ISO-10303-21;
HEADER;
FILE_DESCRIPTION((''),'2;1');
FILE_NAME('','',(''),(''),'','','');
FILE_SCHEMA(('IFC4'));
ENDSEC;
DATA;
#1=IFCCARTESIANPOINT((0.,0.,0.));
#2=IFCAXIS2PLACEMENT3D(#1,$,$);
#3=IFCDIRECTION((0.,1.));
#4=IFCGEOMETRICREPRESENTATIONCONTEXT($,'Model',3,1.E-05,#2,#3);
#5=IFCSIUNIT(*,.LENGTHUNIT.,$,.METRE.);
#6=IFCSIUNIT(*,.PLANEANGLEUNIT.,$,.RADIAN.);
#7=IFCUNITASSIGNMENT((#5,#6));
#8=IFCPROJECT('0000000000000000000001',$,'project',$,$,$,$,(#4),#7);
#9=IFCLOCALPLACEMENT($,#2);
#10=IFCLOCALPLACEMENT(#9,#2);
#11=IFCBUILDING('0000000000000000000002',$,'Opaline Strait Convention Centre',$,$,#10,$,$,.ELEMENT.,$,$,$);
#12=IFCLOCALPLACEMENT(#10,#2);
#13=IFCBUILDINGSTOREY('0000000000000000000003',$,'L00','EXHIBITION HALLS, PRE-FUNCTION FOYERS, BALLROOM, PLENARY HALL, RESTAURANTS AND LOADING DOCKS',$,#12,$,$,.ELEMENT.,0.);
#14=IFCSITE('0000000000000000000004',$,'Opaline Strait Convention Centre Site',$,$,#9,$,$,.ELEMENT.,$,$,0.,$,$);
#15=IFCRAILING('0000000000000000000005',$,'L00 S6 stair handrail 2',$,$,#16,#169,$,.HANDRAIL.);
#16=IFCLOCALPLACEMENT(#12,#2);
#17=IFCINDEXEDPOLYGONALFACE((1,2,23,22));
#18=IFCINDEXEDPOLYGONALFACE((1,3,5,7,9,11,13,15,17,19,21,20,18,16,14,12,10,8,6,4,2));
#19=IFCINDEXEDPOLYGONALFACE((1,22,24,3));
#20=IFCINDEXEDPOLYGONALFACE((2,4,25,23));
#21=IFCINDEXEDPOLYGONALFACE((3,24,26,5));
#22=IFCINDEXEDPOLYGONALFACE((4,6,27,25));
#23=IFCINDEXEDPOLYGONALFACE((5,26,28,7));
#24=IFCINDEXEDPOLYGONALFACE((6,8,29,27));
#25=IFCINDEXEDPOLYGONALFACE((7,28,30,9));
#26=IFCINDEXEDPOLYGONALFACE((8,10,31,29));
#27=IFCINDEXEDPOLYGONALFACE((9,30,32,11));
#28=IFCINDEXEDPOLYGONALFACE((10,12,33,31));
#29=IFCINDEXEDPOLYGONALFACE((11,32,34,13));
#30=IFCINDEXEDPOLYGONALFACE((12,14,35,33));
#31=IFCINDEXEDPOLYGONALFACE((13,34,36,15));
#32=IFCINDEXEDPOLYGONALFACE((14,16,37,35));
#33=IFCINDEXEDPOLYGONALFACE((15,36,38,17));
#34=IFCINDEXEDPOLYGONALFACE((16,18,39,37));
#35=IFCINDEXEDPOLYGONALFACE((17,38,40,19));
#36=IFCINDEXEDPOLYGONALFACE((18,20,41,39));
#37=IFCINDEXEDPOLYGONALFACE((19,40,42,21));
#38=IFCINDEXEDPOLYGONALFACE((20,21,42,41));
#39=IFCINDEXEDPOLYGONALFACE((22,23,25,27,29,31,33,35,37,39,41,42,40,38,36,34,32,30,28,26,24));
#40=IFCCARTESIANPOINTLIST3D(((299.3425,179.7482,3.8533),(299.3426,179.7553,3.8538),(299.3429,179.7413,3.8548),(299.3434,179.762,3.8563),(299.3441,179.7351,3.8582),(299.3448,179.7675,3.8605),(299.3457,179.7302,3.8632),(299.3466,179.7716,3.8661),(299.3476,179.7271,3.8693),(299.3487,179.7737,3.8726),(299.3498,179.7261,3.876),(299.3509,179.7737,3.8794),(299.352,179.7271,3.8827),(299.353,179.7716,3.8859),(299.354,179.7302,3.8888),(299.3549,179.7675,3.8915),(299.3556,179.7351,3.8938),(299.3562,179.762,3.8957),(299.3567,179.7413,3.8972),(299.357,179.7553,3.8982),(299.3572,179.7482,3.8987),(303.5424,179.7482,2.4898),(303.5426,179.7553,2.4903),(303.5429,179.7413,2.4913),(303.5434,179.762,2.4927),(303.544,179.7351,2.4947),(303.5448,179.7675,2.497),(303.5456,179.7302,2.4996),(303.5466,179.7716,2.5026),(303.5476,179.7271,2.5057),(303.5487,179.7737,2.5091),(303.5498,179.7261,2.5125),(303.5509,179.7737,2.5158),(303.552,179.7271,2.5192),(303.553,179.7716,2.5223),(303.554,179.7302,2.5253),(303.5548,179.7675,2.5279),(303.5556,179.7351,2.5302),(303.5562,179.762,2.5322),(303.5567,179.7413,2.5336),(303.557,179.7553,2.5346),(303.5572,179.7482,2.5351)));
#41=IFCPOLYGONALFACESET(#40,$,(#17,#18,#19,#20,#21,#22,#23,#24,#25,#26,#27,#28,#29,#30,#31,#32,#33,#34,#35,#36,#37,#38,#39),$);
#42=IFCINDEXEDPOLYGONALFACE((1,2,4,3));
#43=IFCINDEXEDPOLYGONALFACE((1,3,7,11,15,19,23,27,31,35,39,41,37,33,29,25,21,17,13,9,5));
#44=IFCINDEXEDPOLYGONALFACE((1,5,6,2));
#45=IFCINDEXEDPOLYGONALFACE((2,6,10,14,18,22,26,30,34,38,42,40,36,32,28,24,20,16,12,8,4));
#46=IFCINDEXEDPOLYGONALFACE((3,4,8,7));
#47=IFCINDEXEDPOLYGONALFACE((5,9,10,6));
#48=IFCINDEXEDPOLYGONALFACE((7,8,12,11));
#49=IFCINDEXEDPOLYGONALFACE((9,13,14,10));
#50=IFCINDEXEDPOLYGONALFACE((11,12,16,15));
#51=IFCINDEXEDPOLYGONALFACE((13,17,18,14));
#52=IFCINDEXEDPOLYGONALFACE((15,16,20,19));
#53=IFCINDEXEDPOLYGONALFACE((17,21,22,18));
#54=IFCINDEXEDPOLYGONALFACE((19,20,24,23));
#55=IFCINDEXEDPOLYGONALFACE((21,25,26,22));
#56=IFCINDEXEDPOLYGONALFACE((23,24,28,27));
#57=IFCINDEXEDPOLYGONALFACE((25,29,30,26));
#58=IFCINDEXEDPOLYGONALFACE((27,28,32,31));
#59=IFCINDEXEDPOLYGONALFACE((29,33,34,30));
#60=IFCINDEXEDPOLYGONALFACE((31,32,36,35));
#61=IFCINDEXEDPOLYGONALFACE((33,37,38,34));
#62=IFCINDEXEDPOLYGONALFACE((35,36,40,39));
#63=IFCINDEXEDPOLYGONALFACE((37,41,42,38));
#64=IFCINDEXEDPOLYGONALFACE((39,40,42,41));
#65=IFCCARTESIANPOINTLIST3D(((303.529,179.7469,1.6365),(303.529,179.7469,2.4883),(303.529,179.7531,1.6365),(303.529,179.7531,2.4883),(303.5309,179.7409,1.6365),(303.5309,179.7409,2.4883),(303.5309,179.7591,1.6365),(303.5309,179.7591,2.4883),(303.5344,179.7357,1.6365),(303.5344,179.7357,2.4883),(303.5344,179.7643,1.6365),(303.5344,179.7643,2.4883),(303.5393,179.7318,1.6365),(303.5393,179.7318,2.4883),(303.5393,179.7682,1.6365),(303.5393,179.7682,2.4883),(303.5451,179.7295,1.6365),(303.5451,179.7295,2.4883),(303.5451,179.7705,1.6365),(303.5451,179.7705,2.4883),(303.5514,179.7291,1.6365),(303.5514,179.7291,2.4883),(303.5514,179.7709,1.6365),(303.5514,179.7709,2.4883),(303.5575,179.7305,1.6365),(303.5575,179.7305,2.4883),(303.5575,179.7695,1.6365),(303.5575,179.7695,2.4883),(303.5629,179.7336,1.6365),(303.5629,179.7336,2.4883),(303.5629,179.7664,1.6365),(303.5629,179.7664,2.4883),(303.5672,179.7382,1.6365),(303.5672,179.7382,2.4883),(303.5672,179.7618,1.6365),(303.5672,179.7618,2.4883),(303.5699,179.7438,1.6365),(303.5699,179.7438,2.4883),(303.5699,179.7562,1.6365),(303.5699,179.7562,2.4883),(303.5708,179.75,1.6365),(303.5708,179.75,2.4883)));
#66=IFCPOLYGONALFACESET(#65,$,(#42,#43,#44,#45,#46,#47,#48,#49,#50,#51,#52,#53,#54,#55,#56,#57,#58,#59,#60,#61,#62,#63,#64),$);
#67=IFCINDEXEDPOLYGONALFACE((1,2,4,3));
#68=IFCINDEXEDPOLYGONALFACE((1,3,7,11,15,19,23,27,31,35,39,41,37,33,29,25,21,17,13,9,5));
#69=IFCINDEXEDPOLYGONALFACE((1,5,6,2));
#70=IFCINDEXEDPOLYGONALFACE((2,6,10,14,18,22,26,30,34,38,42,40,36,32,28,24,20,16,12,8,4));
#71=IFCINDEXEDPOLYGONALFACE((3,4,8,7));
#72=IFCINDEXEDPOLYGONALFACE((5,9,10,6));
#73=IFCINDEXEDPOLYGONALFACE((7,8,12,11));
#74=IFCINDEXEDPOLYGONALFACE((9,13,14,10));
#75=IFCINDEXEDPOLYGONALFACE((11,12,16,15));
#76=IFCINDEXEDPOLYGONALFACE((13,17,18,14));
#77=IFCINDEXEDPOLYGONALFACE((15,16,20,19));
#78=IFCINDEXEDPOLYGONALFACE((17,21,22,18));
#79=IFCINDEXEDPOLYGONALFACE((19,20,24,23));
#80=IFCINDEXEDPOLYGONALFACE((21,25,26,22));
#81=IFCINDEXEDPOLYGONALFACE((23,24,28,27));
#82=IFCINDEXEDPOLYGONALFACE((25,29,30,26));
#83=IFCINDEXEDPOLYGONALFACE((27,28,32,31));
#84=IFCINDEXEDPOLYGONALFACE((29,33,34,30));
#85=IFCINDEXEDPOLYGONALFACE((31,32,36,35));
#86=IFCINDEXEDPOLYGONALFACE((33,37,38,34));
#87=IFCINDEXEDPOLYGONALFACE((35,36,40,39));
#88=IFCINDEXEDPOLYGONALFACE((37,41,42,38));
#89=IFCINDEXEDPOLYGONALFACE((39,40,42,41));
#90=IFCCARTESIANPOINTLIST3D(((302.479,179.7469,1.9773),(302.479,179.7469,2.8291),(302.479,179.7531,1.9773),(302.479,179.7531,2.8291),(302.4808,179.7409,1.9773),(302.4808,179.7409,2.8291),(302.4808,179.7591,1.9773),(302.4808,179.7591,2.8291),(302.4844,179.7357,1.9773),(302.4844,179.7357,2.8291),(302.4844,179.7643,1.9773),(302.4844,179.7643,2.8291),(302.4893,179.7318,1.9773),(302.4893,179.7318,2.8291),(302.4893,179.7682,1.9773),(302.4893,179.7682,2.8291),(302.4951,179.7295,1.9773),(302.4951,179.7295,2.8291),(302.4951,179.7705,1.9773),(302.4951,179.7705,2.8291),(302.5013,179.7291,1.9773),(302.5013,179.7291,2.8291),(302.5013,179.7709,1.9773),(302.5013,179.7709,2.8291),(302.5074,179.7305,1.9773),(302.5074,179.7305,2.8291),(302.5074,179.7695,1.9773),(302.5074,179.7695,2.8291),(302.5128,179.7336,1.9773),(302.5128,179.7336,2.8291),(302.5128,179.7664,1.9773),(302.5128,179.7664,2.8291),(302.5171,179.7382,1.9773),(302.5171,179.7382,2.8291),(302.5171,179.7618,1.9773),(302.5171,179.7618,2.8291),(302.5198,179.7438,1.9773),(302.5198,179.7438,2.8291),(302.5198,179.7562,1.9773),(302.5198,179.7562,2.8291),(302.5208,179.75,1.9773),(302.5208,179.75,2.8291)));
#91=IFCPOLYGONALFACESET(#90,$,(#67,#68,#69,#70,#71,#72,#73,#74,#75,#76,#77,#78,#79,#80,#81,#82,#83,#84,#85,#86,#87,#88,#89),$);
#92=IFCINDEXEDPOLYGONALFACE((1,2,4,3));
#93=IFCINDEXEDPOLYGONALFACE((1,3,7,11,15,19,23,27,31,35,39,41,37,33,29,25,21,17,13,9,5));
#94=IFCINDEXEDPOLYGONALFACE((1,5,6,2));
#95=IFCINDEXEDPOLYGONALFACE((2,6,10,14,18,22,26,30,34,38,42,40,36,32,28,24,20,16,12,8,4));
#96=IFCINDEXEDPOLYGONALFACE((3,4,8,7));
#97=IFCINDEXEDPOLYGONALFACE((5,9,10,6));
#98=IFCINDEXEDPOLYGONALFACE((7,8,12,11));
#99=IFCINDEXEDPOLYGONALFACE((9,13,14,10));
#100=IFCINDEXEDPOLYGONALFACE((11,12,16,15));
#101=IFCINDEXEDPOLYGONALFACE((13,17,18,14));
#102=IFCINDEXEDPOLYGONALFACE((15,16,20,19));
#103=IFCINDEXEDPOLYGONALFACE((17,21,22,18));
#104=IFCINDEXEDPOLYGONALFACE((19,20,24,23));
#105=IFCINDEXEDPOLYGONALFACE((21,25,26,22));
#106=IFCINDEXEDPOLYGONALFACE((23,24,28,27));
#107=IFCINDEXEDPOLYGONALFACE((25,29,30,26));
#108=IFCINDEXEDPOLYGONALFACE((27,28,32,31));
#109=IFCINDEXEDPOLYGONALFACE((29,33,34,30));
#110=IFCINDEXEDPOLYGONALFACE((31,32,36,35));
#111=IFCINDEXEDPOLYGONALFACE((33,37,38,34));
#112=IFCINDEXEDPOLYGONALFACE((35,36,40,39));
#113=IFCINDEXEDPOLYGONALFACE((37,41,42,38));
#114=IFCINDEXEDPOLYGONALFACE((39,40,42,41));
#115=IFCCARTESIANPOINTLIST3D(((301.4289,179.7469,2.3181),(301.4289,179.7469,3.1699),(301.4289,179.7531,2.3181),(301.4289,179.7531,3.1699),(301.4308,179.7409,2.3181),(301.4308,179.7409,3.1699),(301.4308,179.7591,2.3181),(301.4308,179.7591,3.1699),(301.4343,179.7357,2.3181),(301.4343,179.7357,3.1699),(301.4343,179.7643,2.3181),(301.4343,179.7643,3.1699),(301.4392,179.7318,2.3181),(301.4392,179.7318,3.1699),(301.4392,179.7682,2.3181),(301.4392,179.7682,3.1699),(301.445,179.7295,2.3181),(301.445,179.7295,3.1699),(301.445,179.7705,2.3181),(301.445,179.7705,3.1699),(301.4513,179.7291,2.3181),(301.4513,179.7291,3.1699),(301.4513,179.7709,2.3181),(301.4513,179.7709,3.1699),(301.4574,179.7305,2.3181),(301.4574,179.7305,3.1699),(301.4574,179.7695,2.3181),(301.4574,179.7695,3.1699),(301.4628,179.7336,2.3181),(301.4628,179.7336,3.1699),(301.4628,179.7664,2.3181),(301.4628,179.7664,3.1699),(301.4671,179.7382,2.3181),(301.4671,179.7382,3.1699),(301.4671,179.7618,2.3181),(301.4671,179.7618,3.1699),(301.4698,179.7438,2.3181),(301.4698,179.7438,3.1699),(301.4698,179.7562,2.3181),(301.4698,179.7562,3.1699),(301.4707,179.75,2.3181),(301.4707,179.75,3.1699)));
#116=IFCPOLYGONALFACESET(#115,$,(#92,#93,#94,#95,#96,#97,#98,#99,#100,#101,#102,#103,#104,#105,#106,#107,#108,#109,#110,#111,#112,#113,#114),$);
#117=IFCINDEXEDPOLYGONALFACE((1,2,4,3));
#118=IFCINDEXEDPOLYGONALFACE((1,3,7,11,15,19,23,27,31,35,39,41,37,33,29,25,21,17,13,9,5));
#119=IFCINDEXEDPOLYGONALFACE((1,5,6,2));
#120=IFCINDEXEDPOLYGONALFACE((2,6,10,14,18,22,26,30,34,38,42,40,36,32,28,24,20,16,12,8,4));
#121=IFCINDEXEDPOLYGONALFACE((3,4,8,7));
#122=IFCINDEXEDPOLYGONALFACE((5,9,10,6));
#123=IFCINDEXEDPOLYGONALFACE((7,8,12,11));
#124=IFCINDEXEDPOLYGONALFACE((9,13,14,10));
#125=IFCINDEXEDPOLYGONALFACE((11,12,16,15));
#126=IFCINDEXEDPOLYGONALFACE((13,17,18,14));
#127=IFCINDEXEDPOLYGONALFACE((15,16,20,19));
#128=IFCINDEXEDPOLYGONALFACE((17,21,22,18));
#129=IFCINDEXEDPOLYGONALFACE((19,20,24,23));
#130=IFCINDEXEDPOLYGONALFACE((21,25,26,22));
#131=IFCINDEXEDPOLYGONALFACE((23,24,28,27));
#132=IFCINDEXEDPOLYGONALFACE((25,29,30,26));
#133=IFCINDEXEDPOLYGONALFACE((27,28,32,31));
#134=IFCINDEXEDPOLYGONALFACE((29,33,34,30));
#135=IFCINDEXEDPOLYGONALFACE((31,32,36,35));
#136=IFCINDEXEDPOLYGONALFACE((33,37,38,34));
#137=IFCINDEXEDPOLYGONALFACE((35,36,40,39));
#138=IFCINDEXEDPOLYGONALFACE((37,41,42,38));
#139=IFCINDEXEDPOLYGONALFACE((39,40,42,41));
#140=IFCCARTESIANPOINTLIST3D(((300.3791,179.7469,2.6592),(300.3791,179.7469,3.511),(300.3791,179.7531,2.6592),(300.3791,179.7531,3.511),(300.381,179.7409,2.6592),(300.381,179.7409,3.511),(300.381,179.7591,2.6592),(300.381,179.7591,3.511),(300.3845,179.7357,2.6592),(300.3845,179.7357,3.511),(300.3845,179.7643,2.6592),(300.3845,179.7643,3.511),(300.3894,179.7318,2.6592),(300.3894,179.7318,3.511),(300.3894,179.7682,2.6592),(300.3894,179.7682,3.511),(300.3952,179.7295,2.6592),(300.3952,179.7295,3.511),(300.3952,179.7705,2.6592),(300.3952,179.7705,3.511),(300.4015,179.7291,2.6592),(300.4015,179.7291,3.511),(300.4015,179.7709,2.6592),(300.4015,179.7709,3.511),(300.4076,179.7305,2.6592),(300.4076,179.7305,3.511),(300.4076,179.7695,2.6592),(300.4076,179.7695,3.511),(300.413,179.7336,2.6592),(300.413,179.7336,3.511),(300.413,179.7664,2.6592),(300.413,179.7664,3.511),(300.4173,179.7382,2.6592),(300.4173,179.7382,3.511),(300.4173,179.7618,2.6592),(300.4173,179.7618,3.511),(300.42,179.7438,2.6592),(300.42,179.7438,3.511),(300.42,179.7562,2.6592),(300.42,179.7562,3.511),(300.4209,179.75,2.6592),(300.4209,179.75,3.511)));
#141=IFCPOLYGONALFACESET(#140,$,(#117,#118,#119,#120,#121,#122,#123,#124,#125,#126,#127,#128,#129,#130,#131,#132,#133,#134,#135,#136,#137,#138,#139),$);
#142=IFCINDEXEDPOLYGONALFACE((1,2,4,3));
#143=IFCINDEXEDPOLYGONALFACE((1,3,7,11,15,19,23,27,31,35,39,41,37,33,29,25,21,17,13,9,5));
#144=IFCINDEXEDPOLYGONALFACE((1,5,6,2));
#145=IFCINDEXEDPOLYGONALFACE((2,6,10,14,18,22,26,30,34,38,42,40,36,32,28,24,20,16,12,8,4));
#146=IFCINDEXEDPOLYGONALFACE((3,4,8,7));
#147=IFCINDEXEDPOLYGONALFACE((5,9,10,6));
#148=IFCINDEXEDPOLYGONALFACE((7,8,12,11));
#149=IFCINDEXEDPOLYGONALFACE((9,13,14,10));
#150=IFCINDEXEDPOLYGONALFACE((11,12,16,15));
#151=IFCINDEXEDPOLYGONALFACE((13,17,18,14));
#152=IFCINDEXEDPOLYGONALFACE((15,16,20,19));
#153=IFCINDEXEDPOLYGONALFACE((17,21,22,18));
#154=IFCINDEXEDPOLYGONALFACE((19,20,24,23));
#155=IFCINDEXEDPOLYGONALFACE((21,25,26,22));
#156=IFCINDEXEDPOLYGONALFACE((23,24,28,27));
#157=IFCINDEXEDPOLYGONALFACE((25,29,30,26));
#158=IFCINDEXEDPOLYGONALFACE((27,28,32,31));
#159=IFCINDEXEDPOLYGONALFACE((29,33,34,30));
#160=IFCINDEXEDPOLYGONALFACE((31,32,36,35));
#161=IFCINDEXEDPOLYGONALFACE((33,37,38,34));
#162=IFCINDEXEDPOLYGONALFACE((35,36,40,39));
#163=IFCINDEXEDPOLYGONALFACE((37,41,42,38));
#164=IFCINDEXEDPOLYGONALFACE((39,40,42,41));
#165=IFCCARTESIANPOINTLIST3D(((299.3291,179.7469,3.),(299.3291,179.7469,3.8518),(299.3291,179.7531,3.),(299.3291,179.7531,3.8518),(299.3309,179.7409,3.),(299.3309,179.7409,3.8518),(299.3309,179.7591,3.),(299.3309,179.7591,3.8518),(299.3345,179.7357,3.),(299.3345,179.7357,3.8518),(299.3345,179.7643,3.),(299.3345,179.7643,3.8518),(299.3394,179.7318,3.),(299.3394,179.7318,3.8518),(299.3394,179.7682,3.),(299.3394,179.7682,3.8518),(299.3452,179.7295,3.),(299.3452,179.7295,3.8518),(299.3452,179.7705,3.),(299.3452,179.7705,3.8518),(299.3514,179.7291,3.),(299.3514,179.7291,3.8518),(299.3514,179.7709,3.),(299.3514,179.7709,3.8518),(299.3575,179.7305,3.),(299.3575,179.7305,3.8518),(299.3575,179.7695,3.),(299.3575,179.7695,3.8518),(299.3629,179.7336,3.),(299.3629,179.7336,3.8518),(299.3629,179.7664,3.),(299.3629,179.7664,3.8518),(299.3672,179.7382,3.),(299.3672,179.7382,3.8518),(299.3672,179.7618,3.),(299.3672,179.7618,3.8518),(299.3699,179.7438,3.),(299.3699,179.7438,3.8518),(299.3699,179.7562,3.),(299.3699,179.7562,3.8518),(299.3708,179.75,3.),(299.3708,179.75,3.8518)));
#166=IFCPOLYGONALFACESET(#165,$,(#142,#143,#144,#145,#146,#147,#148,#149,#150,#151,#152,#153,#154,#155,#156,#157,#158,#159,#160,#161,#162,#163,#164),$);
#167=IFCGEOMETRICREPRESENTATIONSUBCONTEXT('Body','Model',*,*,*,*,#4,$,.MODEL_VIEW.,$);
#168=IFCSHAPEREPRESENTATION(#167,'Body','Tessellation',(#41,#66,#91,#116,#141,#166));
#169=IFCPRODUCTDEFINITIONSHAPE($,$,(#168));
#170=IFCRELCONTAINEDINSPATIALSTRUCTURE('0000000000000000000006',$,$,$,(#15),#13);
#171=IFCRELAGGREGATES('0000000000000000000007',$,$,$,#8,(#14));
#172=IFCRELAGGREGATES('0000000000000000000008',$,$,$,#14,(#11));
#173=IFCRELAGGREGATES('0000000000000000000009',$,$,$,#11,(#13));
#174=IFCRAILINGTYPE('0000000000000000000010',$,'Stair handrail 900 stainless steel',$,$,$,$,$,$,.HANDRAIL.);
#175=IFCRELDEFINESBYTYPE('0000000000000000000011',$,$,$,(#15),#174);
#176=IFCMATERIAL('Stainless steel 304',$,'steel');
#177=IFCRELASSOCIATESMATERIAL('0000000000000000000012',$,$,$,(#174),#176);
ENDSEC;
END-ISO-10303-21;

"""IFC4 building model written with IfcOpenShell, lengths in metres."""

from ifc_helpers import new_model, si_unit, direction, frame, origin, origin_2d, place, context, subcontext, project, spatial, circle, extrude, material, type_object, element, save


model = new_model("IFC4")

# Units and contexts
model_context = context("Model", 3, precision=1e-05, world=origin(), true_north=direction((0.0, 1.0)))
body_context = subcontext(model_context, "Body", "Model", "MODEL_VIEW")
ifc_project = project(units=[si_unit("LENGTHUNIT", "METRE"), si_unit("PLANEANGLEUNIT", "RADIAN")], contexts=[model_context])

# Site, building, storey
site_placement = place(None, origin())
site = spatial("IfcSite", under=ifc_project, at=site_placement, Name="Opaline Strait Convention Centre Site", CompositionType="ELEMENT", RefElevation=0.0)
building_placement = place(site_placement, origin())
building = spatial("IfcBuilding", under=site, at=building_placement, Name="Opaline Strait Convention Centre", CompositionType="ELEMENT")
storey_placement = place(building_placement, origin())
storey = spatial("IfcBuildingStorey", under=building, at=storey_placement, Name="L00", Description="EXHIBITION HALLS, PRE-FUNCTION FOYERS, BALLROOM, PLENARY HALL, RESTAURANTS AND LOADING DOCKS", CompositionType="ELEMENT", Elevation=0.0)

# Railing
ifc_material_1 = material(Name="Stainless steel 304", Category="steel")
railing_type_1 = type_object("IfcRailingType", Name="Stair handrail 900 stainless steel", PredefinedType="HANDRAIL", material=ifc_material_1)
for number, where, name in (
    (1, (303.5498, 179.75, 1.6365), "L00 S6 stair handrail 2"),
):
    element("IfcRailing", number, at=place(storey_placement, frame(where)), inside=storey, type_object=railing_type_1, Name=name, PredefinedType="HANDRAIL", context=body_context, shape_type="SweptSolid", body=[
        extrude(circle(Radius=0.0239, at=origin_2d()), frame((0.0, 0.0, 0.876), z_axis=(-0.951131, 0.0, 0.308787), x_axis=(0.0, -1.0, 0.0)), (0.0, 0.0, 1.0), 4.4158),
        extrude(circle(Radius=0.021, at=origin_2d()), origin(), (0.0, 0.0, 1.0), 0.8518),
        extrude(circle(Radius=0.021, at=origin_2d()), frame((-1.05, 0.0, 0.3408)), (0.0, 0.0, 1.0), 0.8518),
        extrude(circle(Radius=0.021, at=origin_2d()), frame((-2.1001, 0.0, 0.6816)), (0.0, 0.0, 1.0), 0.8518),
        extrude(circle(Radius=0.021, at=origin_2d()), frame((-3.1499, 0.0, 1.0227)), (0.0, 0.0, 1.0), 0.8518),
        extrude(circle(Radius=0.021, at=origin_2d()), frame((-4.2, 0.0, 1.3635)), (0.0, 0.0, 1.0), 0.8518),
    ])

save(model, "model.ifc")
